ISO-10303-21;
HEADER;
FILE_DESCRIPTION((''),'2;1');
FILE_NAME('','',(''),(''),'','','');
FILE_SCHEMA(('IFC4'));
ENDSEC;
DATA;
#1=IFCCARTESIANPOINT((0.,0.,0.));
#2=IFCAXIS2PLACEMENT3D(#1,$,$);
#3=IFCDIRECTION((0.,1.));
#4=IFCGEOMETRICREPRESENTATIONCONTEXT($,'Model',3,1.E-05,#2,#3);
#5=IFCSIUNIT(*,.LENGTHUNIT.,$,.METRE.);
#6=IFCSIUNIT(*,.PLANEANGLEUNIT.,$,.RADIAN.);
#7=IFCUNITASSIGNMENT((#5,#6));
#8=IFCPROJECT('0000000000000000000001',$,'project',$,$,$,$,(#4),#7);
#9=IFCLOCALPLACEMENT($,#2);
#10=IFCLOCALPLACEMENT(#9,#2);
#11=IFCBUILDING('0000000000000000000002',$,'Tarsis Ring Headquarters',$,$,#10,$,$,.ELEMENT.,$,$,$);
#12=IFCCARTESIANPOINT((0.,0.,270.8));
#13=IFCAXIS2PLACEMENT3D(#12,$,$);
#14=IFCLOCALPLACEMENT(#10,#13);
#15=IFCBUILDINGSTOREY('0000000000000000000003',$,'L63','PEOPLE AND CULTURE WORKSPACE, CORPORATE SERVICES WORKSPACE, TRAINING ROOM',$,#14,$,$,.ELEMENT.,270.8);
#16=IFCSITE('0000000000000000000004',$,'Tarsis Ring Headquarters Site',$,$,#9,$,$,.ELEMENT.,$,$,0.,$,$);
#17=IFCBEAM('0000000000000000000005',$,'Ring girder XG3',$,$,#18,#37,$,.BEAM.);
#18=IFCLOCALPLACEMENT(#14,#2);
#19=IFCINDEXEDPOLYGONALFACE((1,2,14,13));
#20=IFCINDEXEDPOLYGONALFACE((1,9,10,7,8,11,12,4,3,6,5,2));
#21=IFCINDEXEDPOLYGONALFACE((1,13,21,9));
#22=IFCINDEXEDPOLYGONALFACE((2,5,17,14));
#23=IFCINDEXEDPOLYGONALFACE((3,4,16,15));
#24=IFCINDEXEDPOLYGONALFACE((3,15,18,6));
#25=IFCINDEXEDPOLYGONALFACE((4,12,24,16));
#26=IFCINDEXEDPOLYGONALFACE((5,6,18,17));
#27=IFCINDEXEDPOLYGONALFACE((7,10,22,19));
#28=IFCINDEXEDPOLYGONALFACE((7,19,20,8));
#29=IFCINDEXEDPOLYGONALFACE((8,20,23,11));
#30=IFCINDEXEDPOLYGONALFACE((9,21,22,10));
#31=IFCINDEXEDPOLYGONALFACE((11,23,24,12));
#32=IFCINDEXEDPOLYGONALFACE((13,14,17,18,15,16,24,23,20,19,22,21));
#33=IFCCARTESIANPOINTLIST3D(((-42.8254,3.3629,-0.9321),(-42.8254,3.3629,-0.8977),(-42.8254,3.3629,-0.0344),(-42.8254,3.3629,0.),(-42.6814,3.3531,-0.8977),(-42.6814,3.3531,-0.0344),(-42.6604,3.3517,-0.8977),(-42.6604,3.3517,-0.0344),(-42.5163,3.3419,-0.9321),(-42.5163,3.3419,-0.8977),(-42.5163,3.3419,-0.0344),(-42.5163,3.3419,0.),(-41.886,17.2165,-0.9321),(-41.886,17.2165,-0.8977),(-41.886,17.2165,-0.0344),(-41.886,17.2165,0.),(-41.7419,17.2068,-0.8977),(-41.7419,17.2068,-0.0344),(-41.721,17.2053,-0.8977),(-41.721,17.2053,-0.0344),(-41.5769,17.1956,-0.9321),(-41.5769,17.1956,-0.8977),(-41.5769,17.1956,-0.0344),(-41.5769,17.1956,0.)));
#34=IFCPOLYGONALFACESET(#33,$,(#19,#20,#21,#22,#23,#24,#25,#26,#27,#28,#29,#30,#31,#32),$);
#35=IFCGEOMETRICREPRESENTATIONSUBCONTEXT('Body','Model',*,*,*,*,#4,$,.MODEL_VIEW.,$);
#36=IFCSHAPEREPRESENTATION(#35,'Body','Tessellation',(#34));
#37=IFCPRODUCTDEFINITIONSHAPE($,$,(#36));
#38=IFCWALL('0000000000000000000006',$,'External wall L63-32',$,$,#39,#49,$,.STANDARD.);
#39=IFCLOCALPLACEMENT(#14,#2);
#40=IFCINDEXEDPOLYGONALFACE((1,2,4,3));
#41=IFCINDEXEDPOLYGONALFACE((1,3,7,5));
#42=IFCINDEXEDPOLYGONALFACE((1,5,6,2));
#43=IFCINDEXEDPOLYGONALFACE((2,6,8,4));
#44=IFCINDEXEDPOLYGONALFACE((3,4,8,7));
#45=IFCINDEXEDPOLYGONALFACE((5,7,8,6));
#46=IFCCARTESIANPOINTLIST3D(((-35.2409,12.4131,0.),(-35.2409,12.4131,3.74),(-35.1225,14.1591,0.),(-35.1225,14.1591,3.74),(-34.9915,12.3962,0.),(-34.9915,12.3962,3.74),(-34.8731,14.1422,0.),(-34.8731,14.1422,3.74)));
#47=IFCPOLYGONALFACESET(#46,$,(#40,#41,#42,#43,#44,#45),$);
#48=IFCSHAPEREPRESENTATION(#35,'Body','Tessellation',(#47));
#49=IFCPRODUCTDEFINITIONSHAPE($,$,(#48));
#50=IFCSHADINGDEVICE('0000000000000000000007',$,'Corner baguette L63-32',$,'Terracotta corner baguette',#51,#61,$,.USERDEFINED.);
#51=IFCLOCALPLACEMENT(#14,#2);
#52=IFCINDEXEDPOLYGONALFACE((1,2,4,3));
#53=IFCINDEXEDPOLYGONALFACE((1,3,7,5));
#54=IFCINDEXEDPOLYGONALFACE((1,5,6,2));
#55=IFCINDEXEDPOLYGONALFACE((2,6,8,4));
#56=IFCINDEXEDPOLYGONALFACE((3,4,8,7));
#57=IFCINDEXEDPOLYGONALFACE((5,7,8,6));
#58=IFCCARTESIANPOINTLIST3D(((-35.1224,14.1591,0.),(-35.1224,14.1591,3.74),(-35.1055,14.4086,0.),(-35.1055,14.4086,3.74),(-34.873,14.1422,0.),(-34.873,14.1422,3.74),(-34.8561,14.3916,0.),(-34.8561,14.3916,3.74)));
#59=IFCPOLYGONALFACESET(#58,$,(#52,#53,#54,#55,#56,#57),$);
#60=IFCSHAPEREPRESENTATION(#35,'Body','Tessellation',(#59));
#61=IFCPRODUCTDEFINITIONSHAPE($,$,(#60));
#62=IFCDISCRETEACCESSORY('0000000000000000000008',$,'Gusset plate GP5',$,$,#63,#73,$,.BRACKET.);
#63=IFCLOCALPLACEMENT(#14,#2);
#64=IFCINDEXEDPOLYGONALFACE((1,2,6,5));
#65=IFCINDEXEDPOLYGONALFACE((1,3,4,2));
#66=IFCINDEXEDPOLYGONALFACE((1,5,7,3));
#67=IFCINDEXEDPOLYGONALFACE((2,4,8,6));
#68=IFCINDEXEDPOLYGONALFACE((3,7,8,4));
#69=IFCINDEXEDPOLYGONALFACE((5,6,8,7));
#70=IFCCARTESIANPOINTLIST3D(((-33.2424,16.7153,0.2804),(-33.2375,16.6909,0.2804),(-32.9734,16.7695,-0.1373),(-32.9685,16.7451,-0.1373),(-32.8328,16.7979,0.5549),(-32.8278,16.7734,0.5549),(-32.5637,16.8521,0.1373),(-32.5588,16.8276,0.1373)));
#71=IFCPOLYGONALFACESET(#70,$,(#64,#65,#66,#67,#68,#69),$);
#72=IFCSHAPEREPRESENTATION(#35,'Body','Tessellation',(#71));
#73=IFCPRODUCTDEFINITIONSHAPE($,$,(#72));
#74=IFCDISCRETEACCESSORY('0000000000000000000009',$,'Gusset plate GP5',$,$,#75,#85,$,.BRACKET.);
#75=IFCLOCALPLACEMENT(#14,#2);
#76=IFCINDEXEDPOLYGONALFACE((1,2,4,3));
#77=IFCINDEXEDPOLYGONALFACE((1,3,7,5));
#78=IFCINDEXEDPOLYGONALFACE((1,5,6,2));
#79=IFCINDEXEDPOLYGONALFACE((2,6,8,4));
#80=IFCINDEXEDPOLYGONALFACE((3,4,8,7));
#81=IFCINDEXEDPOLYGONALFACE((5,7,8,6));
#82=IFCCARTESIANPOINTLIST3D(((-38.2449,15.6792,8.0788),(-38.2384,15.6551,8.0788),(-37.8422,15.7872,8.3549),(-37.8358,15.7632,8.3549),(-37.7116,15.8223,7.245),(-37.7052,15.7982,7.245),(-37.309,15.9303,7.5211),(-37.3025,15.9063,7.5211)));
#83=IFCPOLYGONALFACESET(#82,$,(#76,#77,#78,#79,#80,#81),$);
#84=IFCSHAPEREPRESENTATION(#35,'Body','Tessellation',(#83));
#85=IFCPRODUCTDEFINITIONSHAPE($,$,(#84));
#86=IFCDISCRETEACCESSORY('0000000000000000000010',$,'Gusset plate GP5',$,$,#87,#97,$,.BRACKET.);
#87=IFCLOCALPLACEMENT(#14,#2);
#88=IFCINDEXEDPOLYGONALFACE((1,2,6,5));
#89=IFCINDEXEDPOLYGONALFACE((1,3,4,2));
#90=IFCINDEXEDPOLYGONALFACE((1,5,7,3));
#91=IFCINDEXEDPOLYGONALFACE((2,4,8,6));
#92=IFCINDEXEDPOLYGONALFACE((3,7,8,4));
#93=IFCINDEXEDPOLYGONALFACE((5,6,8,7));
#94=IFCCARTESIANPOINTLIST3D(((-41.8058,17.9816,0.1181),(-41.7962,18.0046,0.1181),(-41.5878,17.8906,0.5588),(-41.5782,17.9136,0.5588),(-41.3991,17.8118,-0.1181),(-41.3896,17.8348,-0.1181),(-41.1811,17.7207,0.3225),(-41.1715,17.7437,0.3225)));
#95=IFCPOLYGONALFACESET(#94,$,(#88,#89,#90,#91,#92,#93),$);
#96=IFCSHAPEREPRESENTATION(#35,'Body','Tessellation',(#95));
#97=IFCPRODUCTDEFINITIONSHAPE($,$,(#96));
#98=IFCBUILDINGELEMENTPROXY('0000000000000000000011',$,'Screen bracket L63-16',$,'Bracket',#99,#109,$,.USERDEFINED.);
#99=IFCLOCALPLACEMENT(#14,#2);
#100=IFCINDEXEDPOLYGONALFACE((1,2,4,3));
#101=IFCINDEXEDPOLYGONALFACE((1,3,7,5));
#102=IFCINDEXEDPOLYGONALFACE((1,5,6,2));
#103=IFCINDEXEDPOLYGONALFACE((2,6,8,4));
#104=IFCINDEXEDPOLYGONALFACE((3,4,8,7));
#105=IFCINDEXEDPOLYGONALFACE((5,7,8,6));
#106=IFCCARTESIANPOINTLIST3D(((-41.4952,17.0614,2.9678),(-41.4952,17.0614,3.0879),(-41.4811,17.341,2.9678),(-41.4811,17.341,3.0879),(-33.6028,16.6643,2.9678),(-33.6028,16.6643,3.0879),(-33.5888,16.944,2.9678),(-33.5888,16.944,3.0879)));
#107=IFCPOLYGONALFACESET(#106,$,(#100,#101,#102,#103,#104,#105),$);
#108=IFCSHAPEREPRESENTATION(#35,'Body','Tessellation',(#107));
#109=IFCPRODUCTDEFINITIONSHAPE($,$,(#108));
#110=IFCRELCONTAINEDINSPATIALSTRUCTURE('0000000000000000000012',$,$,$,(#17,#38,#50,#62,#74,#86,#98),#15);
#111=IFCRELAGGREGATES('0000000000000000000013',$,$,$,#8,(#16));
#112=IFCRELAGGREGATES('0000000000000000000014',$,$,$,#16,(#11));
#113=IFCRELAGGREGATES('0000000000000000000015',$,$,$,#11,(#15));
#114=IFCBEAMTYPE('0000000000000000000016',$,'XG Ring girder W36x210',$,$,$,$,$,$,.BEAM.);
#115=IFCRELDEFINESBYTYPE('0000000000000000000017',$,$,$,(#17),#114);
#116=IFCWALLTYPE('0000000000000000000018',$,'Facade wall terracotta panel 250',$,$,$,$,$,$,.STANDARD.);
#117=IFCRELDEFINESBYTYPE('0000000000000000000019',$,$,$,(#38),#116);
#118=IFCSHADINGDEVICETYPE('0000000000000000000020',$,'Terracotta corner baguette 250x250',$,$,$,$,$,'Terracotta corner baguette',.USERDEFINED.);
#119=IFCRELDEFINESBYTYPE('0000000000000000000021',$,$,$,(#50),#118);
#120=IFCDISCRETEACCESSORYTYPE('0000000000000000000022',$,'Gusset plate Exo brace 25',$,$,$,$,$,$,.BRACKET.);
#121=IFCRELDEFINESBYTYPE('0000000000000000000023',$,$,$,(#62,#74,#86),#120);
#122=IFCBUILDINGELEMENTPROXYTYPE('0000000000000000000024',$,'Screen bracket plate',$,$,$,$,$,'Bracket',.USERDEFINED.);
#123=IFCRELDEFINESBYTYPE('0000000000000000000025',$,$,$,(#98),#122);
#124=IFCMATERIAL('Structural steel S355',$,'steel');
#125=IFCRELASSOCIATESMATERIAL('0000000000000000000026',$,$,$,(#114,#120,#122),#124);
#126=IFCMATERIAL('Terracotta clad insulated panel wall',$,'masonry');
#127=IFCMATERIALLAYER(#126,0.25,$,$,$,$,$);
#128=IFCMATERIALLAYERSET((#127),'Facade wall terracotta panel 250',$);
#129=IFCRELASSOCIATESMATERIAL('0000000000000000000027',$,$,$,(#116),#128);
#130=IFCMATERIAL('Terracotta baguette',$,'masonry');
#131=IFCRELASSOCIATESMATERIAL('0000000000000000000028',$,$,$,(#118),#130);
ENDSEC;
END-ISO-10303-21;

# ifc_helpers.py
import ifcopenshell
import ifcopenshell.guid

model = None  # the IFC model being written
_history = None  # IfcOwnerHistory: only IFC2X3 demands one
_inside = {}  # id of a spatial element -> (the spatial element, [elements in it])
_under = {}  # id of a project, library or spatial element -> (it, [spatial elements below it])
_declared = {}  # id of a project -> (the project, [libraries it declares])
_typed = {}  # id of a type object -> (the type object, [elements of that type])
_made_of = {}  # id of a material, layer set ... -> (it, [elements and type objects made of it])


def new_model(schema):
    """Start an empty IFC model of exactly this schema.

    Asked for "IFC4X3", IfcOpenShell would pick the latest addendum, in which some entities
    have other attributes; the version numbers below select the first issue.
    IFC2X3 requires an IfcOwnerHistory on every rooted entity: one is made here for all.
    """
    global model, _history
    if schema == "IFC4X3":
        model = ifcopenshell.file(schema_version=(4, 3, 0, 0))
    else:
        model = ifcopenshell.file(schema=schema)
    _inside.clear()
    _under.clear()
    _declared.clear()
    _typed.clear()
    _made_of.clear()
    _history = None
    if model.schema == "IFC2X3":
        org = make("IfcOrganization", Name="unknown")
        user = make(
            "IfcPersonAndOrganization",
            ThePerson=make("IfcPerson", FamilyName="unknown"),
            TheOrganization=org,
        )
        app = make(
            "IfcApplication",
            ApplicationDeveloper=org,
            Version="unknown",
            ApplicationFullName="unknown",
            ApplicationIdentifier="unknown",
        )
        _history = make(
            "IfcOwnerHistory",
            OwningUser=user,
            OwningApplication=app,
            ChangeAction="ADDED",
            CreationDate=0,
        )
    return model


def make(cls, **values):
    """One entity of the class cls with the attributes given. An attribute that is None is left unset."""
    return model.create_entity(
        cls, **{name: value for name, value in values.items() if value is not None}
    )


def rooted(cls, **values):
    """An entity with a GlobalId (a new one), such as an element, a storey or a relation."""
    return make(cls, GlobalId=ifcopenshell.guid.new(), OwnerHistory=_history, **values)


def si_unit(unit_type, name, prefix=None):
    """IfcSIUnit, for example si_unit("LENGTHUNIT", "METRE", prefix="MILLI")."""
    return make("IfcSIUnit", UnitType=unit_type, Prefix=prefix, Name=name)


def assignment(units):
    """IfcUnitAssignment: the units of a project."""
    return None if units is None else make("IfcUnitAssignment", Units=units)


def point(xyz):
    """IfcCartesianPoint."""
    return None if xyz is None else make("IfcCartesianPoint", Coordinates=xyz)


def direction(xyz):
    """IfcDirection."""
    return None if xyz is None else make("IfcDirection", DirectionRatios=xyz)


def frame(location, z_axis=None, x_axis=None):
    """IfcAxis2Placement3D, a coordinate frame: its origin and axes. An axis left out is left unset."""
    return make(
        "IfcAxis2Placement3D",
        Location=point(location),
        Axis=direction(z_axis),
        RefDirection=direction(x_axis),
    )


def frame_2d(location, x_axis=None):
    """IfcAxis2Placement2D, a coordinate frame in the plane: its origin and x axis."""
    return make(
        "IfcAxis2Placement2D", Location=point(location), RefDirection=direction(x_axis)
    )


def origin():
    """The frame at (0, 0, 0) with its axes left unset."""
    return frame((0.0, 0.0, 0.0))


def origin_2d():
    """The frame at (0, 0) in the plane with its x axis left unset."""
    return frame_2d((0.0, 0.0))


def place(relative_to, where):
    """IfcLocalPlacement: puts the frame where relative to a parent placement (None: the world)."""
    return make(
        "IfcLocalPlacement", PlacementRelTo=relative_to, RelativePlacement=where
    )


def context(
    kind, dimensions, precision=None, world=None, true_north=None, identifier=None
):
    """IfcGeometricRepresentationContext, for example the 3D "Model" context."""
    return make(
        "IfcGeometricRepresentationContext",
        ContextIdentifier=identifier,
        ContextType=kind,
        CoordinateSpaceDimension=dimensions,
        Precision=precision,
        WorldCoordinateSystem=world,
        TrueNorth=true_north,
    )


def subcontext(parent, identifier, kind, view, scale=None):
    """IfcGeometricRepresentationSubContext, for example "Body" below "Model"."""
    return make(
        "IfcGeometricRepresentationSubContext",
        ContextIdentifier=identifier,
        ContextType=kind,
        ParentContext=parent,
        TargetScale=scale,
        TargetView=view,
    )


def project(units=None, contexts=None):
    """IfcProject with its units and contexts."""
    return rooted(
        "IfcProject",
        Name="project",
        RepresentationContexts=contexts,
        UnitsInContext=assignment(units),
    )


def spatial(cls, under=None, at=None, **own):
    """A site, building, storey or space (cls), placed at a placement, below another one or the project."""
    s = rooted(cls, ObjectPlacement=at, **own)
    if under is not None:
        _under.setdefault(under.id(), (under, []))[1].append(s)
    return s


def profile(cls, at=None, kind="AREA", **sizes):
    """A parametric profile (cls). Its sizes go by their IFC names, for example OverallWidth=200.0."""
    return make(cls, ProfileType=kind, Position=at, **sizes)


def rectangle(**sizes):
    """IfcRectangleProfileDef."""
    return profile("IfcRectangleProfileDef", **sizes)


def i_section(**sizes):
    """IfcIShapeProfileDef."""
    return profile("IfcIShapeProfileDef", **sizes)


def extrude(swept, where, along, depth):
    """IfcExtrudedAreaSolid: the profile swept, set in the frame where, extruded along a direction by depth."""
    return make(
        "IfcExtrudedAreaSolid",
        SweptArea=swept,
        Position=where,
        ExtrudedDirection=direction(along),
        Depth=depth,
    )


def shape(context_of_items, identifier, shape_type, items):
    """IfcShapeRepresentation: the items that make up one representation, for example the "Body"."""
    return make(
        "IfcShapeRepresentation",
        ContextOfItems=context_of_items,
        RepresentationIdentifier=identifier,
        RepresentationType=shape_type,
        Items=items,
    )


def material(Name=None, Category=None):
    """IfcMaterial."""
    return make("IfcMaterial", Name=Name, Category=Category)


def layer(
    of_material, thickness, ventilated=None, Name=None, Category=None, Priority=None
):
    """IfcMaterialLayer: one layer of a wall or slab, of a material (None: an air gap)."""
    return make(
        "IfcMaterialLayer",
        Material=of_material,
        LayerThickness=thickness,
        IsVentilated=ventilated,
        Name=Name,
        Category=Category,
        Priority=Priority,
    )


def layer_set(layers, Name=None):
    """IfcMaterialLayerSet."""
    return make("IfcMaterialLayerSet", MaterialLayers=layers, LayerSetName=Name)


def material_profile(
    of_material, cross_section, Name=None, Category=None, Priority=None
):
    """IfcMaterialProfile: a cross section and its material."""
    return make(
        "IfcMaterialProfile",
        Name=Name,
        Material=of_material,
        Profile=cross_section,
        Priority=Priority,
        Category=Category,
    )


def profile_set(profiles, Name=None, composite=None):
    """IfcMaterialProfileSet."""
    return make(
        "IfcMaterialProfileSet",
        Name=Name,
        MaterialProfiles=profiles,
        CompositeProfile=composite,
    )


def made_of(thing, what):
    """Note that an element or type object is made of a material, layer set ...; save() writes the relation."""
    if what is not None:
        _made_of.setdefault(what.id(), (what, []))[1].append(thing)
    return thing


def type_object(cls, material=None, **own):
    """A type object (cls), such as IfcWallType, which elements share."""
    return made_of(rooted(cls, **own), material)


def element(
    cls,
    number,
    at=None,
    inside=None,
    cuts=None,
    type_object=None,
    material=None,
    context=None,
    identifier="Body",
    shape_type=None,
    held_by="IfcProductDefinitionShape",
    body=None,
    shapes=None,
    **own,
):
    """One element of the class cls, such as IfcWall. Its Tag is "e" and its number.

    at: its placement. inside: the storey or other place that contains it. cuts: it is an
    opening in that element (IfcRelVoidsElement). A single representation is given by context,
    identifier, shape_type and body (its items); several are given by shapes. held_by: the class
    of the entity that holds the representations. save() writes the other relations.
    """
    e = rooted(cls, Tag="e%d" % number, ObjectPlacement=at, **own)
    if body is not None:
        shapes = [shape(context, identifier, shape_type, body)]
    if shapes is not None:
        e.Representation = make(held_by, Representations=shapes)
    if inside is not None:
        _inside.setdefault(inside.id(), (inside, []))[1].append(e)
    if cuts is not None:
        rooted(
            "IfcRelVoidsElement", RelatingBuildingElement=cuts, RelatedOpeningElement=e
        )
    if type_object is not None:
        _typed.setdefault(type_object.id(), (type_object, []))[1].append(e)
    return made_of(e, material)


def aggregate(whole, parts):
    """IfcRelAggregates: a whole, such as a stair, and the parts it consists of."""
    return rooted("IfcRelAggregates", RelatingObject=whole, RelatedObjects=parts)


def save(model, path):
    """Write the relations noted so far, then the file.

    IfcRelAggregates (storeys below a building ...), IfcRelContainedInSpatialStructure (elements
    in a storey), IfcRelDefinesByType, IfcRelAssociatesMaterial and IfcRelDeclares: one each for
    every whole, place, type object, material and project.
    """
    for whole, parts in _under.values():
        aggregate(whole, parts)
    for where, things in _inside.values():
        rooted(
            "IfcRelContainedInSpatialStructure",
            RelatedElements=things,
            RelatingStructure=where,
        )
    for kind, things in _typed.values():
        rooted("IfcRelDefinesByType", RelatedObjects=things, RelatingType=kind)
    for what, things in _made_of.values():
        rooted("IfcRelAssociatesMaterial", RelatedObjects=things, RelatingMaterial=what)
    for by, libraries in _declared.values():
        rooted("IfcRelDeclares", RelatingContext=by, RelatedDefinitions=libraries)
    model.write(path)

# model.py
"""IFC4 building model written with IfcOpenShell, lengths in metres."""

from ifc_helpers import new_model, si_unit, direction, frame, frame_2d, origin, origin_2d, place, context, subcontext, project, spatial, rectangle, i_section, extrude, material, layer, layer_set, material_profile, profile_set, type_object, element, save


model = new_model("IFC4")

# Units and contexts
model_context = context("Model", 3, precision=1e-05, world=origin(), true_north=direction((0.0, 1.0)))
body_context = subcontext(model_context, "Body", "Model", "MODEL_VIEW")
ifc_project = project(units=[si_unit("LENGTHUNIT", "METRE"), si_unit("PLANEANGLEUNIT", "RADIAN")], contexts=[model_context])

# Site, building, storey
site_placement = place(None, origin())
site = spatial("IfcSite", under=ifc_project, at=site_placement, Name="Tarsis Ring Headquarters Site", CompositionType="ELEMENT", RefElevation=0.0)
building_placement = place(site_placement, origin())
building = spatial("IfcBuilding", under=site, at=building_placement, Name="Tarsis Ring Headquarters", CompositionType="ELEMENT")
storey_placement = place(building_placement, frame((0.0, 0.0, 270.8)))
storey = spatial("IfcBuildingStorey", under=building, at=storey_placement, Name="L63", Description="PEOPLE AND CULTURE WORKSPACE, CORPORATE SERVICES WORKSPACE, TRAINING ROOM", CompositionType="ELEMENT", Elevation=270.8)

# Shared definitions
ifc_material_1 = material(Name="Structural steel S355", Category="steel")

# Beam
ifc_material_profile_1 = material_profile(ifc_material_1, i_section(OverallWidth=0.3098, OverallDepth=0.9321, WebThickness=0.021, FlangeThickness=0.0344, at=origin_2d()), Name="W36x210")
ifc_profile_set_1 = profile_set([ifc_material_profile_1], Name="Structural steel S355")
beam_type_1 = type_object("IfcBeamType", Name="XG Ring girder W36x210", PredefinedType="BEAM", material=ifc_profile_set_1)
beam_1_placement = place(storey_placement, frame((-41.7314, 17.2061, -0.4661), z_axis=(-0.067657, -0.997709, 0.0), x_axis=(0.997709, -0.067657, 0.0)))
element("IfcBeam", 1, at=beam_1_placement, inside=storey, type_object=beam_type_1, Name="Ring girder XG3", PredefinedType="BEAM", context=body_context, shape_type="SweptSolid", body=[
    extrude(i_section(OverallWidth=0.3098, OverallDepth=0.9321, WebThickness=0.021, FlangeThickness=0.0344, at=origin_2d()), origin(), (0.0, 0.0, 1.0), 13.8855),
])

# Wall
ifc_material_2 = material(Name="Terracotta clad insulated panel wall", Category="masonry")
ifc_layer = layer(ifc_material_2, 0.25)
ifc_layer_set = layer_set([ifc_layer], Name="Facade wall terracotta panel 250")
wall_type = type_object("IfcWallType", Name="Facade wall terracotta panel 250", PredefinedType="STANDARD", material=ifc_layer_set)
wall_placement = place(storey_placement, frame((-34.9978, 14.1506, 0.0), z_axis=(0.0, 0.0, 1.0), x_axis=(-0.067658, -0.997709, 0.0)))
element("IfcWall", 2, at=wall_placement, inside=storey, type_object=wall_type, Name="External wall L63-32", PredefinedType="STANDARD", context=body_context, shape_type="SweptSolid", body=[
    extrude(rectangle(XDim=1.75, YDim=0.25, at=frame_2d((0.875, 0.0))), origin(), (0.0, 0.0, 1.0), 3.74),
])

# Shading device
ifc_material_3 = material(Name="Terracotta baguette", Category="masonry")
shading_device_type_1 = type_object("IfcShadingDeviceType", Name="Terracotta corner baguette 250x250", ElementType="Terracotta corner baguette", PredefinedType="USERDEFINED", material=ifc_material_3)
shading_device_1_placement = place(storey_placement, frame((-34.9893, 14.2754, 0.0), z_axis=(0.0, 0.0, 1.0), x_axis=(-0.997708, 0.067667, 0.0)))
element("IfcShadingDevice", 3, at=shading_device_1_placement, inside=storey, type_object=shading_device_type_1, Name="Corner baguette L63-32", ObjectType="Terracotta corner baguette", PredefinedType="USERDEFINED", context=body_context, shape_type="SweptSolid", body=[
    extrude(rectangle(XDim=0.25, YDim=0.25, at=origin_2d()), origin(), (0.0, 0.0, 1.0), 3.74),
])

# Discrete accessories
ifc_material_profile_2 = material_profile(ifc_material_1, rectangle(XDim=0.0249, YDim=0.5, at=origin_2d()), Name="PL 25x500")
ifc_profile_set_2 = profile_set([ifc_material_profile_2], Name="Structural steel S355")
discrete_accessory_type = type_object("IfcDiscreteAccessoryType", Name="Gusset plate Exo brace 25", PredefinedType="BRACKET", material=ifc_profile_set_2)
discrete_accessory_1_placement = place(storey_placement, frame((-32.7661, 16.7986, 0.0), z_axis=(-0.538285, -0.108438, 0.835758), x_axis=(0.197485, -0.980306, 0.0)))
element("IfcDiscreteAccessory", 4, at=discrete_accessory_1_placement, inside=storey, type_object=discrete_accessory_type, Name="Gusset plate GP5", PredefinedType="BRACKET", context=body_context, shape_type="SweptSolid", body=[
    extrude(rectangle(XDim=0.0249, YDim=0.5, at=origin_2d()), origin(), (0.0, 0.0, 1.0), 0.4998),
])
discrete_accessory_2_placement = place(storey_placement, frame((-37.5071, 15.8643, 7.3831), z_axis=(-0.533231, -0.143074, 0.833783), x_axis=(0.259149, -0.965837, 0.0)))
element("IfcDiscreteAccessory", 5, at=discrete_accessory_2_placement, inside=storey, type_object=discrete_accessory_type, Name="Gusset plate GP5", PredefinedType="BRACKET", context=body_context, shape_type="SweptSolid", body=[
    extrude(rectangle(XDim=0.0249, YDim=0.5, at=origin_2d()), origin(), (0.0, 0.0, 1.0), 1.0),
])
discrete_accessory_3_placement = place(storey_placement, frame((-41.5977, 17.9082, 0.0), z_axis=(0.43602, -0.182122, 0.881316), x_axis=(0.385422, 0.92274, 0.0)))
element("IfcDiscreteAccessory", 6, at=discrete_accessory_3_placement, inside=storey, type_object=discrete_accessory_type, Name="Gusset plate GP5", PredefinedType="BRACKET", context=body_context, shape_type="SweptSolid", body=[
    extrude(rectangle(XDim=0.0249, YDim=0.5, at=origin_2d()), origin(), (0.0, 0.0, 1.0), 0.5),
])

# Building element proxy
building_element_proxy_type = type_object("IfcBuildingElementProxyType", Name="Screen bracket plate", ElementType="Bracket", PredefinedType="USERDEFINED", material=ifc_material_1)
proxy_placement = place(storey_placement, frame((-37.542, 17.0027, 2.9678), z_axis=(0.0, 0.0, 1.0), x_axis=(-0.998737, 0.050244, 0.0)))
element("IfcBuildingElementProxy", 7, at=proxy_placement, inside=storey, type_object=building_element_proxy_type, Name="Screen bracket L63-16", ObjectType="Bracket", PredefinedType="USERDEFINED", context=body_context, shape_type="SweptSolid", body=[
    extrude(rectangle(XDim=7.9023, YDim=0.28, at=origin_2d()), origin(), (0.0, 0.0, 1.0), 0.1201),
])

save(model, "model.ifc")
